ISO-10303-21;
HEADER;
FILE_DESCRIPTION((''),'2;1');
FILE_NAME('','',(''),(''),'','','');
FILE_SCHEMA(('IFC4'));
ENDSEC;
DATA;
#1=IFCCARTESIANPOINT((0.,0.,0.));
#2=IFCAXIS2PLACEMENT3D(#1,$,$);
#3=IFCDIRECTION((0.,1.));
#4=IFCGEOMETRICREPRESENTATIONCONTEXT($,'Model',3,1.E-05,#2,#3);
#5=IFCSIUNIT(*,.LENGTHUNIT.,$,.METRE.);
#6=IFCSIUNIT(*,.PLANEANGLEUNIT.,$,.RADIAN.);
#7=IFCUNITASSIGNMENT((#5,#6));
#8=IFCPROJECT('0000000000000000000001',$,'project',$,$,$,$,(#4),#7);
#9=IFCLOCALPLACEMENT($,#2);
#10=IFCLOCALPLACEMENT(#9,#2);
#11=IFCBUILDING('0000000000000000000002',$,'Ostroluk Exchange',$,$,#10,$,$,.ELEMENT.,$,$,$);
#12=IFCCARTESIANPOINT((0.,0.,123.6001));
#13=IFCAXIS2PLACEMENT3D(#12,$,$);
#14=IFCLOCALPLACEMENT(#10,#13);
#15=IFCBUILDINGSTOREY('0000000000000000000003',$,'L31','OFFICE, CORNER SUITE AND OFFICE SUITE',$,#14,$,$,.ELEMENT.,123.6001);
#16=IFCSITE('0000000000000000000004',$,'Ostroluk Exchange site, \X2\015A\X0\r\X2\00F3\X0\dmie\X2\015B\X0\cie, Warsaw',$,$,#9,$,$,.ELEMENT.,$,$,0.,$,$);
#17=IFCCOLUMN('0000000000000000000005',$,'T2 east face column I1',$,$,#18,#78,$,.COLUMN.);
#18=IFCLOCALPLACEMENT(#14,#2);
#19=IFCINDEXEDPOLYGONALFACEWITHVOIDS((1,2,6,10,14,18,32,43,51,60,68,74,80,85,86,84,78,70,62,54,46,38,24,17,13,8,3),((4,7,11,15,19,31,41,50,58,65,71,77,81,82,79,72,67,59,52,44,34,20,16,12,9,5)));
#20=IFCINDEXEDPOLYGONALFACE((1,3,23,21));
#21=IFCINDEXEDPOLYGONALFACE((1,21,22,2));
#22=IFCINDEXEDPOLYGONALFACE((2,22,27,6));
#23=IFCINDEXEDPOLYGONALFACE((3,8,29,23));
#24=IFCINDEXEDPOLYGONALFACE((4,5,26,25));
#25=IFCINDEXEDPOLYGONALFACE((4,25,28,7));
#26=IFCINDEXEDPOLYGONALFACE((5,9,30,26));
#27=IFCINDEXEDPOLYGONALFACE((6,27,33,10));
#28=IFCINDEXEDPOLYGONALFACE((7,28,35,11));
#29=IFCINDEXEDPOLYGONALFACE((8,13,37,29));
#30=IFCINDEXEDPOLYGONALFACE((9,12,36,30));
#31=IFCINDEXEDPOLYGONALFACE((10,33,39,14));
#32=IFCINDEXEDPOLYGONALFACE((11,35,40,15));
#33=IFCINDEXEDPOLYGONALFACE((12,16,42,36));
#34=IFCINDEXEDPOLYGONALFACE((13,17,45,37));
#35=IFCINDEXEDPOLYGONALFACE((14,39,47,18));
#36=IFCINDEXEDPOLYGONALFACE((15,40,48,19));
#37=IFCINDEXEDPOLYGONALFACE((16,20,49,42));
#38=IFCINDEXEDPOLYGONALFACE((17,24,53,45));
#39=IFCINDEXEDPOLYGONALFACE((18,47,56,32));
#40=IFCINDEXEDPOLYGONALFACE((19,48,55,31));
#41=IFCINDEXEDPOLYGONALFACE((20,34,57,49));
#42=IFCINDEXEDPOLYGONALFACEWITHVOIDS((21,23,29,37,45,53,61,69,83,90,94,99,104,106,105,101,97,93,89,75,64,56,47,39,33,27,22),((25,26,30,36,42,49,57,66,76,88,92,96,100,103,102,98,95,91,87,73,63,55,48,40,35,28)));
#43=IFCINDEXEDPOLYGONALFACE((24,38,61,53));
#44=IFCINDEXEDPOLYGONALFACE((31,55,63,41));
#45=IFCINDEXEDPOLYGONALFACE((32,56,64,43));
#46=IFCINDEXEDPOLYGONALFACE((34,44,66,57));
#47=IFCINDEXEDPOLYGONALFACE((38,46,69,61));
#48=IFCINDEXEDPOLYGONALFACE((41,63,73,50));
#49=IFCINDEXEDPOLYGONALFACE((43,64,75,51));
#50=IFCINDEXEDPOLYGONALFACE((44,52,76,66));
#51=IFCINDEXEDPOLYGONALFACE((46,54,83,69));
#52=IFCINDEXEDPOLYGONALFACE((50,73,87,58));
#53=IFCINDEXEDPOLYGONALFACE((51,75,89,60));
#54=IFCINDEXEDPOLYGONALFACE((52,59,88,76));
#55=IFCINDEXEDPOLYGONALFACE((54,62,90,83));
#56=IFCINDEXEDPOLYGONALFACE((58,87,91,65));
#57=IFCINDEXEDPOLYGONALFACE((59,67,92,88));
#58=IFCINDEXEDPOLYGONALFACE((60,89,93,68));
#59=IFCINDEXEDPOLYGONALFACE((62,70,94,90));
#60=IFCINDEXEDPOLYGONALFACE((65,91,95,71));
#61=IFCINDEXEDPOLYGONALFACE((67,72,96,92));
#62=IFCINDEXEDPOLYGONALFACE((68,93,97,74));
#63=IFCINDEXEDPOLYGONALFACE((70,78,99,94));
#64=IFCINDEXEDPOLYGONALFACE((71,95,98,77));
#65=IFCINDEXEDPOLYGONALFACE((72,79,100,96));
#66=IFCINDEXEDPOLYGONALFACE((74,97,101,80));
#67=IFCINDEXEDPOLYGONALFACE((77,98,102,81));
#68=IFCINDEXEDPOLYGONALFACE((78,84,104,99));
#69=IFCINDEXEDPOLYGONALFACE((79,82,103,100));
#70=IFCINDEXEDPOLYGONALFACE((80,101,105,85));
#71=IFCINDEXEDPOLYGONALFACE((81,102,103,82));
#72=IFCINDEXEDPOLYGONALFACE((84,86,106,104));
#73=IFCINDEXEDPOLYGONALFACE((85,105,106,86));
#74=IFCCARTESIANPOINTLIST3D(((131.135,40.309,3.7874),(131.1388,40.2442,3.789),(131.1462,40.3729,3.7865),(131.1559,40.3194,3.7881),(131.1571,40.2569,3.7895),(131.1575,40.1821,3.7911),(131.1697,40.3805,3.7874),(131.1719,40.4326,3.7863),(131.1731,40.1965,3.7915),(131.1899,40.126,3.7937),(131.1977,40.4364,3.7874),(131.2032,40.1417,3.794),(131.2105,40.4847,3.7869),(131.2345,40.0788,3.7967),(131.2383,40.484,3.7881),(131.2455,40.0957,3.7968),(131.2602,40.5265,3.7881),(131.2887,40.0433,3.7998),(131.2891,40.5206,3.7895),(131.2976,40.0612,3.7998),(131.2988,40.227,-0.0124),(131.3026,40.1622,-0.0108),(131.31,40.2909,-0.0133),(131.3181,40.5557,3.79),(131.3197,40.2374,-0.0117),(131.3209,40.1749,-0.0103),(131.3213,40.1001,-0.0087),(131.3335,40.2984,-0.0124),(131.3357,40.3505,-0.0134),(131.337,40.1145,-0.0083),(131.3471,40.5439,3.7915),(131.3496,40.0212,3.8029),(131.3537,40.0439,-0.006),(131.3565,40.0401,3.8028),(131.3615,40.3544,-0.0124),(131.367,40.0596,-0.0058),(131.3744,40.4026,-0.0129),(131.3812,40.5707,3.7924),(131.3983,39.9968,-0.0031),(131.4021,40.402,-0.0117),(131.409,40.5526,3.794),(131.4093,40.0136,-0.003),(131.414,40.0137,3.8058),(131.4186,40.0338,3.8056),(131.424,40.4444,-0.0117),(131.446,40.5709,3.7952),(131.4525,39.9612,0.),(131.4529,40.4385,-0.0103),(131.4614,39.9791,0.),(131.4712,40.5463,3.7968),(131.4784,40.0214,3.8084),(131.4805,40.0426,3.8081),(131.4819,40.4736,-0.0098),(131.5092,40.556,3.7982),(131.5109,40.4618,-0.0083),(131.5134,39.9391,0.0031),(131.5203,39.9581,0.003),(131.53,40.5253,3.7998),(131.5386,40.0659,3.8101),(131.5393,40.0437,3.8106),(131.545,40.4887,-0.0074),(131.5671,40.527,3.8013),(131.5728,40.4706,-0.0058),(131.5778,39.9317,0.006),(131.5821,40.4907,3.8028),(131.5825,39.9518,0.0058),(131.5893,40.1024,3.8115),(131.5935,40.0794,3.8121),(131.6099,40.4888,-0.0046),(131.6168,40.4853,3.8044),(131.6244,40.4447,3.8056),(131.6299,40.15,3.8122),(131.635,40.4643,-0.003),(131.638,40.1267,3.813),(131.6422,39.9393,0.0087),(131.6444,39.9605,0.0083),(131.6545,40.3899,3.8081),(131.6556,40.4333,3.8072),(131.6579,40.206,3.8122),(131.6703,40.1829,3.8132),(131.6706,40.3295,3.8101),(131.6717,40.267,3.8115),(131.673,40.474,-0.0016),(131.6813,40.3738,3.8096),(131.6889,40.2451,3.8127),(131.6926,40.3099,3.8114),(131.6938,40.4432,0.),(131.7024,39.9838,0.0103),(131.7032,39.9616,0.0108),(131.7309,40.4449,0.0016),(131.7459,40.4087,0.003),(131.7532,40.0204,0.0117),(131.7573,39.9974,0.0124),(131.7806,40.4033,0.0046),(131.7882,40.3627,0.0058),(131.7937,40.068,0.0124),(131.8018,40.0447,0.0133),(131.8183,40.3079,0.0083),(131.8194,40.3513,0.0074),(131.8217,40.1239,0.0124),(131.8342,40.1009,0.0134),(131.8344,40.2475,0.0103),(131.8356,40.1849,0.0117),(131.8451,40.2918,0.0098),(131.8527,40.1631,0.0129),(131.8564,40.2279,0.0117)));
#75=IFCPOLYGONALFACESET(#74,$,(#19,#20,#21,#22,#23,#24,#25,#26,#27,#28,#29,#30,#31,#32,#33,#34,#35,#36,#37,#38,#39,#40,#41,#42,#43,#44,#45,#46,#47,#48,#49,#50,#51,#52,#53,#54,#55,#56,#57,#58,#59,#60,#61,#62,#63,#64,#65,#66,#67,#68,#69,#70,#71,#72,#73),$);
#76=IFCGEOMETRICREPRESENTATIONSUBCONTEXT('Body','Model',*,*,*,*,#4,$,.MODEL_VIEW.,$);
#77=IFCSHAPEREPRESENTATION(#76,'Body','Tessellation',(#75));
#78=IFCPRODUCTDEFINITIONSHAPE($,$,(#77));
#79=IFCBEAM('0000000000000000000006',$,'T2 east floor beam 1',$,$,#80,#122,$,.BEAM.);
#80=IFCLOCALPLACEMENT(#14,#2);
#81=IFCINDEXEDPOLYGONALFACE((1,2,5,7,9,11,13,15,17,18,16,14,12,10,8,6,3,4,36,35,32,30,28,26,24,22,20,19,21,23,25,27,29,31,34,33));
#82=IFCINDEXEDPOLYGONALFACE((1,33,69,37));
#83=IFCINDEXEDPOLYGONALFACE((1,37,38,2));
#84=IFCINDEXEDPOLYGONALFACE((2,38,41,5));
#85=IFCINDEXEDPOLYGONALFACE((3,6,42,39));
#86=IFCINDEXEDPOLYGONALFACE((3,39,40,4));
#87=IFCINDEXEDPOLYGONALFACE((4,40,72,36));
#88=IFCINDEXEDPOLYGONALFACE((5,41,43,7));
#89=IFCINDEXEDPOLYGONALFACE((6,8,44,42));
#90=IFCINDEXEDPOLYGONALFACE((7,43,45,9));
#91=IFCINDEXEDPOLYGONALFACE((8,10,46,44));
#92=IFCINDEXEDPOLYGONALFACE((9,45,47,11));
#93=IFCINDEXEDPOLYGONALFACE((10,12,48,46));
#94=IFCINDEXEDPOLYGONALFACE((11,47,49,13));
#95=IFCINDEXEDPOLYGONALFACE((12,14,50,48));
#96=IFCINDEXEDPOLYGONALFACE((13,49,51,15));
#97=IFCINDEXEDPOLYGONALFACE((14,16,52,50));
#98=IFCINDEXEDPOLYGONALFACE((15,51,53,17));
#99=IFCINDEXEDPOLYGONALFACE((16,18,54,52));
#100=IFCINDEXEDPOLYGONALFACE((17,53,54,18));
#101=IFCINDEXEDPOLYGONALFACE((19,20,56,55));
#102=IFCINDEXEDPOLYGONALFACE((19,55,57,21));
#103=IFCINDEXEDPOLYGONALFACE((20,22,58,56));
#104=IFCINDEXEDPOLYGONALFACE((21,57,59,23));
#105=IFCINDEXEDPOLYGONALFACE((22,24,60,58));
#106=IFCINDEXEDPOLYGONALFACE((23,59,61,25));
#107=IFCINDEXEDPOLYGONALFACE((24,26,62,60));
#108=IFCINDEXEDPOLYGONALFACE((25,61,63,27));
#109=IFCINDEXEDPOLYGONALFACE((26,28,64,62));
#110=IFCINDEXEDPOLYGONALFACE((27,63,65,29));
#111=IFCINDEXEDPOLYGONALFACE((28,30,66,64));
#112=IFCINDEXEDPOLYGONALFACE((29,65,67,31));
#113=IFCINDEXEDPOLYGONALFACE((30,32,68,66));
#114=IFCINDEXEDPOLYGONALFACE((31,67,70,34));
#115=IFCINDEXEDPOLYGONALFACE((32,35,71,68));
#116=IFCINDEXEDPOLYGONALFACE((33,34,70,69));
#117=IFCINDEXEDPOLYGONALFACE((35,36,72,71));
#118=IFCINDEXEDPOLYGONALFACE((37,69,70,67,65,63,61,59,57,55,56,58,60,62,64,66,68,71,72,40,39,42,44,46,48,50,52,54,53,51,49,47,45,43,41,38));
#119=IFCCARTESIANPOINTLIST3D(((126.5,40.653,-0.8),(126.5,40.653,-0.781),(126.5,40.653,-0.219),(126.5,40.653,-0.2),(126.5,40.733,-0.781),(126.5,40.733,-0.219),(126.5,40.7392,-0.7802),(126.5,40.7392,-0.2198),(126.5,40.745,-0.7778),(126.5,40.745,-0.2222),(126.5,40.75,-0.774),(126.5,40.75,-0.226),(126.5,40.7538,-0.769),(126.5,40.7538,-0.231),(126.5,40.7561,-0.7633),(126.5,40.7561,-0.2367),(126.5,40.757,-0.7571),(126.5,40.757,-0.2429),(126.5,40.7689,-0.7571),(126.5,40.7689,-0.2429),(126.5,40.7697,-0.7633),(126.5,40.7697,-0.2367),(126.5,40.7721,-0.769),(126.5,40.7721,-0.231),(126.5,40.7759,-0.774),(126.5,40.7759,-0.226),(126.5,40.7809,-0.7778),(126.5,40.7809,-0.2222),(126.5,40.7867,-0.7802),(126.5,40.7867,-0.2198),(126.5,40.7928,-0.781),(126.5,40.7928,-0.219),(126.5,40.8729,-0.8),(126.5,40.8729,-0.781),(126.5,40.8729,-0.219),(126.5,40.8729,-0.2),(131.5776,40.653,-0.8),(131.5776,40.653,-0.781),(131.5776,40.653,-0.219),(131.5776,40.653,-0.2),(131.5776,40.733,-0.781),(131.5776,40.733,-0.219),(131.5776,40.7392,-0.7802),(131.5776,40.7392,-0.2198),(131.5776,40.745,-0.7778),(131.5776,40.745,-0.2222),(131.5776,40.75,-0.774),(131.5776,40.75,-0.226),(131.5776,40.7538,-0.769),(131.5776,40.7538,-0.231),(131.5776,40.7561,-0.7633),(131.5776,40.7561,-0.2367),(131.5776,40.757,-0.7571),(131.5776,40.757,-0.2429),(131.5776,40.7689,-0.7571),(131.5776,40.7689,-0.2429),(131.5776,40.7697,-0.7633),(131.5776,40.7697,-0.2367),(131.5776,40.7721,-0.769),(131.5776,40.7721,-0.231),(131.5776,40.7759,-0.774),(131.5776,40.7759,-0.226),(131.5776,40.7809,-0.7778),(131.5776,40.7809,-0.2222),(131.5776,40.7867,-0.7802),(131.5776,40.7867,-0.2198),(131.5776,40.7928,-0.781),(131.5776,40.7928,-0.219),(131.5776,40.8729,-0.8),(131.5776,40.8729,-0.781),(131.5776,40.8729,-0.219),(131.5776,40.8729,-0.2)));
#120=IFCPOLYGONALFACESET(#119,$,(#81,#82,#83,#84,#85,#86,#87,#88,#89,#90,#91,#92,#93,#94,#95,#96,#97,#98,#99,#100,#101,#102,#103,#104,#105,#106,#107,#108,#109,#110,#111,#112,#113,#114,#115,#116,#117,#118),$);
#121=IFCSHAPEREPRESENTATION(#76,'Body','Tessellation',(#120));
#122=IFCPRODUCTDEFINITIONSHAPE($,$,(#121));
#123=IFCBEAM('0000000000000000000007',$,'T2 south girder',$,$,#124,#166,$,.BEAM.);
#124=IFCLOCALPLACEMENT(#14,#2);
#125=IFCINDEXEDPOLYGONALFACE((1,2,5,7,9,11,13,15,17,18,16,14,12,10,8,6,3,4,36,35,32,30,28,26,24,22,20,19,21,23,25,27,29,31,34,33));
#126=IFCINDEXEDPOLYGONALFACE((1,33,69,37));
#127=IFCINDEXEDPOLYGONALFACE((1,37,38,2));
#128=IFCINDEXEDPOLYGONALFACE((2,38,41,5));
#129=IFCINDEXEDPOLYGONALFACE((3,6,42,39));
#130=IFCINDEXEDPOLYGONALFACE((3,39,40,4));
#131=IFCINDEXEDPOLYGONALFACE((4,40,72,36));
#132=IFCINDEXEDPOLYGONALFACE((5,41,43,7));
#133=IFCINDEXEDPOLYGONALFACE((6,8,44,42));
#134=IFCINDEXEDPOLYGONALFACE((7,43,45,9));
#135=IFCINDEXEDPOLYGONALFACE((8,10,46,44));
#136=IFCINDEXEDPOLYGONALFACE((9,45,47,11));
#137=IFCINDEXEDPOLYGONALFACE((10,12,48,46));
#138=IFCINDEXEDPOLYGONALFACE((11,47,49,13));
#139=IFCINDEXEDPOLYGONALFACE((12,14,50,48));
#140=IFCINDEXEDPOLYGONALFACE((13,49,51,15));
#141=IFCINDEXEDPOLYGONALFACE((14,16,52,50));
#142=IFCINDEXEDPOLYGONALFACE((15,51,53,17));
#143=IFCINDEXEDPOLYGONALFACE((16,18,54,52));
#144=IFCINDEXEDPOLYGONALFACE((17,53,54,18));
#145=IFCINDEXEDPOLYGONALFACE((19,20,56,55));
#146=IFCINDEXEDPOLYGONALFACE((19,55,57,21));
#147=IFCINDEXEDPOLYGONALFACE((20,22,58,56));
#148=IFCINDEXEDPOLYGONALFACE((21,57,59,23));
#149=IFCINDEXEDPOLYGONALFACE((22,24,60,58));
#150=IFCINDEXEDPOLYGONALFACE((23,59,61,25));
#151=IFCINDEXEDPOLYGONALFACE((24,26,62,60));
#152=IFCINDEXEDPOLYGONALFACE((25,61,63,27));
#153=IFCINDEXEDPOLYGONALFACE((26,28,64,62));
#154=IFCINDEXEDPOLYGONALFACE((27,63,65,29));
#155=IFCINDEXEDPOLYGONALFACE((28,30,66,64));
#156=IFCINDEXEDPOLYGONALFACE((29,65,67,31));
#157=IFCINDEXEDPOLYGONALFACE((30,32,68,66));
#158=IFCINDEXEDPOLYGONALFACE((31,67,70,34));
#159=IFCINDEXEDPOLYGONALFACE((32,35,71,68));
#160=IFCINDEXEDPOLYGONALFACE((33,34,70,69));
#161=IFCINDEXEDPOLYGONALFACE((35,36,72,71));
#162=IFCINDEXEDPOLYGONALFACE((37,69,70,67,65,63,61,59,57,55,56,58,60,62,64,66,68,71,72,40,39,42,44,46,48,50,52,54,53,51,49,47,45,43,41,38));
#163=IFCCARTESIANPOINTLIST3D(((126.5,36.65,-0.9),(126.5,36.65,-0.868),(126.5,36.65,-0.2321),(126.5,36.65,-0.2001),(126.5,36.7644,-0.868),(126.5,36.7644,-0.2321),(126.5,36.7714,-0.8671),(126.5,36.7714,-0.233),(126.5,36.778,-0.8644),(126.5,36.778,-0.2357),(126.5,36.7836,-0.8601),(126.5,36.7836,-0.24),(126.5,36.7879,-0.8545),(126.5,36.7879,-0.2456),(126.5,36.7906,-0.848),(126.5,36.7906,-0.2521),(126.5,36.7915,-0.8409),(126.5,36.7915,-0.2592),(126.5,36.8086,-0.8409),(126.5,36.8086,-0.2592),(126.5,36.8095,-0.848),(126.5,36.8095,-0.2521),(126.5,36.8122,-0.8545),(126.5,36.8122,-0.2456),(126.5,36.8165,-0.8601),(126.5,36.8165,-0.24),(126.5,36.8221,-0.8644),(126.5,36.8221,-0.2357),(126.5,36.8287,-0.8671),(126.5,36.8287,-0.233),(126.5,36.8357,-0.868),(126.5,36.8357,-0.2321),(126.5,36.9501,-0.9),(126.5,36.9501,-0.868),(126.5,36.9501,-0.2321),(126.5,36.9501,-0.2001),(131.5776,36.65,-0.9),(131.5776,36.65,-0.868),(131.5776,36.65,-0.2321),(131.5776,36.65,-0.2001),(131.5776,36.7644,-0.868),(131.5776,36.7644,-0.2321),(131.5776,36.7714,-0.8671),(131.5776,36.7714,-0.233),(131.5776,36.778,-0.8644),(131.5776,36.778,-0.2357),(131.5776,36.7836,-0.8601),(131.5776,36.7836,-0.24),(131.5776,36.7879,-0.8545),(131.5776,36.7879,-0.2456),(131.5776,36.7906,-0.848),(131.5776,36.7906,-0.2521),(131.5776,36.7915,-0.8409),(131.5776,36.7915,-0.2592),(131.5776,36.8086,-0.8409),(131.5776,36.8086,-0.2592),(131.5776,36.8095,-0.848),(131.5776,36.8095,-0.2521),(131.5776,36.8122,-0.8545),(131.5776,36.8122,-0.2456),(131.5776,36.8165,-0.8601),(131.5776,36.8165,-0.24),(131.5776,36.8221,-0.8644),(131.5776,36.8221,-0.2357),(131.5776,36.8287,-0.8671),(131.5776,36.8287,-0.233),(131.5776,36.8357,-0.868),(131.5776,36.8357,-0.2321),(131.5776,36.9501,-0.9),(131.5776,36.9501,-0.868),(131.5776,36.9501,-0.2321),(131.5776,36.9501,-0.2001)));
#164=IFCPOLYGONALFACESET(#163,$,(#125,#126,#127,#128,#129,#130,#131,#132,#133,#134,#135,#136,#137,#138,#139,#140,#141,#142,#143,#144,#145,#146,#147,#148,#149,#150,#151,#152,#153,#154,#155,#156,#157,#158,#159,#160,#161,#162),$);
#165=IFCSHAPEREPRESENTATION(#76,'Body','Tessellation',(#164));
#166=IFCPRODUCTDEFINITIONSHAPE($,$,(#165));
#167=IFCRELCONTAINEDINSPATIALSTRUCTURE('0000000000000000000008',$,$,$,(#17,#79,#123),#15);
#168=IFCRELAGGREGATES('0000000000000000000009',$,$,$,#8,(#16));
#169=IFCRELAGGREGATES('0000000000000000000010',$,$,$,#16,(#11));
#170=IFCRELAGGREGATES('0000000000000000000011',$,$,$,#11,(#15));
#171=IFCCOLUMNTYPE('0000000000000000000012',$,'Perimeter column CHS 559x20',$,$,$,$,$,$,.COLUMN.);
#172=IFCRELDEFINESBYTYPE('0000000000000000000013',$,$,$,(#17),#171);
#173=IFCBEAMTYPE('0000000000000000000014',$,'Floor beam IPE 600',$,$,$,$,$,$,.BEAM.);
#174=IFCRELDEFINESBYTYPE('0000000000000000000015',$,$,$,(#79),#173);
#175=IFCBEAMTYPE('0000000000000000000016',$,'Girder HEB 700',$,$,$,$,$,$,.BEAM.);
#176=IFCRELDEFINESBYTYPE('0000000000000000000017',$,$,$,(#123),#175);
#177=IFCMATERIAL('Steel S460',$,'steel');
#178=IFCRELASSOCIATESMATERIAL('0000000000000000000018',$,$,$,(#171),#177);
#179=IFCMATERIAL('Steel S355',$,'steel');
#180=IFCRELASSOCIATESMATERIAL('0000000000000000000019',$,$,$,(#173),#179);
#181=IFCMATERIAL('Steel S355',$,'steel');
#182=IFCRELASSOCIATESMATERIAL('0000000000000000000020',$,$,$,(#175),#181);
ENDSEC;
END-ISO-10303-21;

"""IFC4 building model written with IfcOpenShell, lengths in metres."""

from ifc_helpers import new_model, si_unit, direction, frame, origin, origin_2d, place, context, subcontext, project, spatial, hollow_circle, i_section, extrude, material, material_profile, profile_set, type_object, element, save


model = new_model("IFC4")

# Units and contexts
model_context = context("Model", 3, precision=1e-05, world=origin(), true_north=direction((0.0, 1.0)))
body_context = subcontext(model_context, "Body", "Model", "MODEL_VIEW")
ifc_project = project(units=[si_unit("LENGTHUNIT", "METRE"), si_unit("PLANEANGLEUNIT", "RADIAN")], contexts=[model_context])

# Site, building, storey
site_placement = place(None, origin())
site = spatial("IfcSite", under=ifc_project, at=site_placement, Name="Ostroluk Exchange site, Śródmieście, Warsaw", CompositionType="ELEMENT", RefElevation=0.0)
building_placement = place(site_placement, origin())
building = spatial("IfcBuilding", under=site, at=building_placement, Name="Ostroluk Exchange", CompositionType="ELEMENT")
storey_placement = place(building_placement, frame((0.0, 0.0, 123.6001)))
storey = spatial("IfcBuildingStorey", under=building, at=storey_placement, Name="L31", Description="OFFICE, CORNER SUITE AND OFFICE SUITE", CompositionType="ELEMENT", Elevation=123.6001)

# Column
ifc_material_1 = material(Name="Steel S460", Category="steel")
ifc_material_profile_1 = material_profile(ifc_material_1, hollow_circle(Radius=0.2795, WallThickness=0.02, at=origin_2d()), Name="CHS 559x20")
ifc_profile_set_1 = profile_set([ifc_material_profile_1], Name="Steel S460")
column_type = type_object("IfcColumnType", Name="Perimeter column CHS 559x20", PredefinedType="COLUMN", material=ifc_profile_set_1)
column_placement = place(storey_placement, frame((131.5776, 40.2112, 0.0), z_axis=(-0.043062, 0.021563, 0.99884), x_axis=(-0.447747, -0.894161, 0.0)))
element("IfcColumn", 1, at=column_placement, inside=storey, type_object=column_type, Name="T2 east face column I1", PredefinedType="COLUMN", context=body_context, shape_type="SweptSolid", body=[
    extrude(hollow_circle(Radius=0.2795, WallThickness=0.02, at=origin_2d()), origin(), (0.0, 0.0, 1.0), 3.8042),
])

# Beams
ifc_material_2 = material(Name="Steel S355", Category="steel")
ifc_material_profile_2 = material_profile(ifc_material_2, i_section(OverallWidth=0.22, OverallDepth=0.6001, WebThickness=0.012, FlangeThickness=0.019, FilletRadius=0.0239, at=origin_2d()), Name="IPE 600")
ifc_profile_set_2 = profile_set([ifc_material_profile_2], Name="Steel S355")
beam_type_1 = type_object("IfcBeamType", Name="Floor beam IPE 600", PredefinedType="BEAM", material=ifc_profile_set_2)
beam_1_placement = place(storey_placement, frame((126.5, 40.7629, -0.5), z_axis=(1.0, 0.0, 0.0), x_axis=(0.0, 1.0, 0.0)))
element("IfcBeam", 2, at=beam_1_placement, inside=storey, type_object=beam_type_1, Name="T2 east floor beam 1", PredefinedType="BEAM", context=body_context, shape_type="SweptSolid", body=[
    extrude(i_section(OverallWidth=0.22, OverallDepth=0.6001, WebThickness=0.012, FlangeThickness=0.019, FilletRadius=0.0239, at=origin_2d()), origin(), (0.0, 0.0, 1.0), 5.0776),
])
ifc_material_3 = material(Name="Steel S355", Category="steel")
ifc_material_profile_3 = material_profile(ifc_material_3, i_section(OverallWidth=0.3, OverallDepth=0.7, WebThickness=0.0171, FlangeThickness=0.032, FilletRadius=0.0271, at=origin_2d()), Name="HEB 700")
ifc_profile_set_3 = profile_set([ifc_material_profile_3], Name="Steel S355")
beam_type_2 = type_object("IfcBeamType", Name="Girder HEB 700", PredefinedType="BEAM", material=ifc_profile_set_3)
beam_2_placement = place(storey_placement, frame((126.5, 36.8, -0.55), z_axis=(1.0, 0.0, 0.0), x_axis=(0.0, 1.0, 0.0)))
element("IfcBeam", 3, at=beam_2_placement, inside=storey, type_object=beam_type_2, Name="T2 south girder", PredefinedType="BEAM", context=body_context, shape_type="SweptSolid", body=[
    extrude(i_section(OverallWidth=0.3, OverallDepth=0.7, WebThickness=0.0171, FlangeThickness=0.032, FilletRadius=0.0271, at=origin_2d()), origin(), (0.0, 0.0, 1.0), 5.0776),
])

save(model, "model.ifc")
